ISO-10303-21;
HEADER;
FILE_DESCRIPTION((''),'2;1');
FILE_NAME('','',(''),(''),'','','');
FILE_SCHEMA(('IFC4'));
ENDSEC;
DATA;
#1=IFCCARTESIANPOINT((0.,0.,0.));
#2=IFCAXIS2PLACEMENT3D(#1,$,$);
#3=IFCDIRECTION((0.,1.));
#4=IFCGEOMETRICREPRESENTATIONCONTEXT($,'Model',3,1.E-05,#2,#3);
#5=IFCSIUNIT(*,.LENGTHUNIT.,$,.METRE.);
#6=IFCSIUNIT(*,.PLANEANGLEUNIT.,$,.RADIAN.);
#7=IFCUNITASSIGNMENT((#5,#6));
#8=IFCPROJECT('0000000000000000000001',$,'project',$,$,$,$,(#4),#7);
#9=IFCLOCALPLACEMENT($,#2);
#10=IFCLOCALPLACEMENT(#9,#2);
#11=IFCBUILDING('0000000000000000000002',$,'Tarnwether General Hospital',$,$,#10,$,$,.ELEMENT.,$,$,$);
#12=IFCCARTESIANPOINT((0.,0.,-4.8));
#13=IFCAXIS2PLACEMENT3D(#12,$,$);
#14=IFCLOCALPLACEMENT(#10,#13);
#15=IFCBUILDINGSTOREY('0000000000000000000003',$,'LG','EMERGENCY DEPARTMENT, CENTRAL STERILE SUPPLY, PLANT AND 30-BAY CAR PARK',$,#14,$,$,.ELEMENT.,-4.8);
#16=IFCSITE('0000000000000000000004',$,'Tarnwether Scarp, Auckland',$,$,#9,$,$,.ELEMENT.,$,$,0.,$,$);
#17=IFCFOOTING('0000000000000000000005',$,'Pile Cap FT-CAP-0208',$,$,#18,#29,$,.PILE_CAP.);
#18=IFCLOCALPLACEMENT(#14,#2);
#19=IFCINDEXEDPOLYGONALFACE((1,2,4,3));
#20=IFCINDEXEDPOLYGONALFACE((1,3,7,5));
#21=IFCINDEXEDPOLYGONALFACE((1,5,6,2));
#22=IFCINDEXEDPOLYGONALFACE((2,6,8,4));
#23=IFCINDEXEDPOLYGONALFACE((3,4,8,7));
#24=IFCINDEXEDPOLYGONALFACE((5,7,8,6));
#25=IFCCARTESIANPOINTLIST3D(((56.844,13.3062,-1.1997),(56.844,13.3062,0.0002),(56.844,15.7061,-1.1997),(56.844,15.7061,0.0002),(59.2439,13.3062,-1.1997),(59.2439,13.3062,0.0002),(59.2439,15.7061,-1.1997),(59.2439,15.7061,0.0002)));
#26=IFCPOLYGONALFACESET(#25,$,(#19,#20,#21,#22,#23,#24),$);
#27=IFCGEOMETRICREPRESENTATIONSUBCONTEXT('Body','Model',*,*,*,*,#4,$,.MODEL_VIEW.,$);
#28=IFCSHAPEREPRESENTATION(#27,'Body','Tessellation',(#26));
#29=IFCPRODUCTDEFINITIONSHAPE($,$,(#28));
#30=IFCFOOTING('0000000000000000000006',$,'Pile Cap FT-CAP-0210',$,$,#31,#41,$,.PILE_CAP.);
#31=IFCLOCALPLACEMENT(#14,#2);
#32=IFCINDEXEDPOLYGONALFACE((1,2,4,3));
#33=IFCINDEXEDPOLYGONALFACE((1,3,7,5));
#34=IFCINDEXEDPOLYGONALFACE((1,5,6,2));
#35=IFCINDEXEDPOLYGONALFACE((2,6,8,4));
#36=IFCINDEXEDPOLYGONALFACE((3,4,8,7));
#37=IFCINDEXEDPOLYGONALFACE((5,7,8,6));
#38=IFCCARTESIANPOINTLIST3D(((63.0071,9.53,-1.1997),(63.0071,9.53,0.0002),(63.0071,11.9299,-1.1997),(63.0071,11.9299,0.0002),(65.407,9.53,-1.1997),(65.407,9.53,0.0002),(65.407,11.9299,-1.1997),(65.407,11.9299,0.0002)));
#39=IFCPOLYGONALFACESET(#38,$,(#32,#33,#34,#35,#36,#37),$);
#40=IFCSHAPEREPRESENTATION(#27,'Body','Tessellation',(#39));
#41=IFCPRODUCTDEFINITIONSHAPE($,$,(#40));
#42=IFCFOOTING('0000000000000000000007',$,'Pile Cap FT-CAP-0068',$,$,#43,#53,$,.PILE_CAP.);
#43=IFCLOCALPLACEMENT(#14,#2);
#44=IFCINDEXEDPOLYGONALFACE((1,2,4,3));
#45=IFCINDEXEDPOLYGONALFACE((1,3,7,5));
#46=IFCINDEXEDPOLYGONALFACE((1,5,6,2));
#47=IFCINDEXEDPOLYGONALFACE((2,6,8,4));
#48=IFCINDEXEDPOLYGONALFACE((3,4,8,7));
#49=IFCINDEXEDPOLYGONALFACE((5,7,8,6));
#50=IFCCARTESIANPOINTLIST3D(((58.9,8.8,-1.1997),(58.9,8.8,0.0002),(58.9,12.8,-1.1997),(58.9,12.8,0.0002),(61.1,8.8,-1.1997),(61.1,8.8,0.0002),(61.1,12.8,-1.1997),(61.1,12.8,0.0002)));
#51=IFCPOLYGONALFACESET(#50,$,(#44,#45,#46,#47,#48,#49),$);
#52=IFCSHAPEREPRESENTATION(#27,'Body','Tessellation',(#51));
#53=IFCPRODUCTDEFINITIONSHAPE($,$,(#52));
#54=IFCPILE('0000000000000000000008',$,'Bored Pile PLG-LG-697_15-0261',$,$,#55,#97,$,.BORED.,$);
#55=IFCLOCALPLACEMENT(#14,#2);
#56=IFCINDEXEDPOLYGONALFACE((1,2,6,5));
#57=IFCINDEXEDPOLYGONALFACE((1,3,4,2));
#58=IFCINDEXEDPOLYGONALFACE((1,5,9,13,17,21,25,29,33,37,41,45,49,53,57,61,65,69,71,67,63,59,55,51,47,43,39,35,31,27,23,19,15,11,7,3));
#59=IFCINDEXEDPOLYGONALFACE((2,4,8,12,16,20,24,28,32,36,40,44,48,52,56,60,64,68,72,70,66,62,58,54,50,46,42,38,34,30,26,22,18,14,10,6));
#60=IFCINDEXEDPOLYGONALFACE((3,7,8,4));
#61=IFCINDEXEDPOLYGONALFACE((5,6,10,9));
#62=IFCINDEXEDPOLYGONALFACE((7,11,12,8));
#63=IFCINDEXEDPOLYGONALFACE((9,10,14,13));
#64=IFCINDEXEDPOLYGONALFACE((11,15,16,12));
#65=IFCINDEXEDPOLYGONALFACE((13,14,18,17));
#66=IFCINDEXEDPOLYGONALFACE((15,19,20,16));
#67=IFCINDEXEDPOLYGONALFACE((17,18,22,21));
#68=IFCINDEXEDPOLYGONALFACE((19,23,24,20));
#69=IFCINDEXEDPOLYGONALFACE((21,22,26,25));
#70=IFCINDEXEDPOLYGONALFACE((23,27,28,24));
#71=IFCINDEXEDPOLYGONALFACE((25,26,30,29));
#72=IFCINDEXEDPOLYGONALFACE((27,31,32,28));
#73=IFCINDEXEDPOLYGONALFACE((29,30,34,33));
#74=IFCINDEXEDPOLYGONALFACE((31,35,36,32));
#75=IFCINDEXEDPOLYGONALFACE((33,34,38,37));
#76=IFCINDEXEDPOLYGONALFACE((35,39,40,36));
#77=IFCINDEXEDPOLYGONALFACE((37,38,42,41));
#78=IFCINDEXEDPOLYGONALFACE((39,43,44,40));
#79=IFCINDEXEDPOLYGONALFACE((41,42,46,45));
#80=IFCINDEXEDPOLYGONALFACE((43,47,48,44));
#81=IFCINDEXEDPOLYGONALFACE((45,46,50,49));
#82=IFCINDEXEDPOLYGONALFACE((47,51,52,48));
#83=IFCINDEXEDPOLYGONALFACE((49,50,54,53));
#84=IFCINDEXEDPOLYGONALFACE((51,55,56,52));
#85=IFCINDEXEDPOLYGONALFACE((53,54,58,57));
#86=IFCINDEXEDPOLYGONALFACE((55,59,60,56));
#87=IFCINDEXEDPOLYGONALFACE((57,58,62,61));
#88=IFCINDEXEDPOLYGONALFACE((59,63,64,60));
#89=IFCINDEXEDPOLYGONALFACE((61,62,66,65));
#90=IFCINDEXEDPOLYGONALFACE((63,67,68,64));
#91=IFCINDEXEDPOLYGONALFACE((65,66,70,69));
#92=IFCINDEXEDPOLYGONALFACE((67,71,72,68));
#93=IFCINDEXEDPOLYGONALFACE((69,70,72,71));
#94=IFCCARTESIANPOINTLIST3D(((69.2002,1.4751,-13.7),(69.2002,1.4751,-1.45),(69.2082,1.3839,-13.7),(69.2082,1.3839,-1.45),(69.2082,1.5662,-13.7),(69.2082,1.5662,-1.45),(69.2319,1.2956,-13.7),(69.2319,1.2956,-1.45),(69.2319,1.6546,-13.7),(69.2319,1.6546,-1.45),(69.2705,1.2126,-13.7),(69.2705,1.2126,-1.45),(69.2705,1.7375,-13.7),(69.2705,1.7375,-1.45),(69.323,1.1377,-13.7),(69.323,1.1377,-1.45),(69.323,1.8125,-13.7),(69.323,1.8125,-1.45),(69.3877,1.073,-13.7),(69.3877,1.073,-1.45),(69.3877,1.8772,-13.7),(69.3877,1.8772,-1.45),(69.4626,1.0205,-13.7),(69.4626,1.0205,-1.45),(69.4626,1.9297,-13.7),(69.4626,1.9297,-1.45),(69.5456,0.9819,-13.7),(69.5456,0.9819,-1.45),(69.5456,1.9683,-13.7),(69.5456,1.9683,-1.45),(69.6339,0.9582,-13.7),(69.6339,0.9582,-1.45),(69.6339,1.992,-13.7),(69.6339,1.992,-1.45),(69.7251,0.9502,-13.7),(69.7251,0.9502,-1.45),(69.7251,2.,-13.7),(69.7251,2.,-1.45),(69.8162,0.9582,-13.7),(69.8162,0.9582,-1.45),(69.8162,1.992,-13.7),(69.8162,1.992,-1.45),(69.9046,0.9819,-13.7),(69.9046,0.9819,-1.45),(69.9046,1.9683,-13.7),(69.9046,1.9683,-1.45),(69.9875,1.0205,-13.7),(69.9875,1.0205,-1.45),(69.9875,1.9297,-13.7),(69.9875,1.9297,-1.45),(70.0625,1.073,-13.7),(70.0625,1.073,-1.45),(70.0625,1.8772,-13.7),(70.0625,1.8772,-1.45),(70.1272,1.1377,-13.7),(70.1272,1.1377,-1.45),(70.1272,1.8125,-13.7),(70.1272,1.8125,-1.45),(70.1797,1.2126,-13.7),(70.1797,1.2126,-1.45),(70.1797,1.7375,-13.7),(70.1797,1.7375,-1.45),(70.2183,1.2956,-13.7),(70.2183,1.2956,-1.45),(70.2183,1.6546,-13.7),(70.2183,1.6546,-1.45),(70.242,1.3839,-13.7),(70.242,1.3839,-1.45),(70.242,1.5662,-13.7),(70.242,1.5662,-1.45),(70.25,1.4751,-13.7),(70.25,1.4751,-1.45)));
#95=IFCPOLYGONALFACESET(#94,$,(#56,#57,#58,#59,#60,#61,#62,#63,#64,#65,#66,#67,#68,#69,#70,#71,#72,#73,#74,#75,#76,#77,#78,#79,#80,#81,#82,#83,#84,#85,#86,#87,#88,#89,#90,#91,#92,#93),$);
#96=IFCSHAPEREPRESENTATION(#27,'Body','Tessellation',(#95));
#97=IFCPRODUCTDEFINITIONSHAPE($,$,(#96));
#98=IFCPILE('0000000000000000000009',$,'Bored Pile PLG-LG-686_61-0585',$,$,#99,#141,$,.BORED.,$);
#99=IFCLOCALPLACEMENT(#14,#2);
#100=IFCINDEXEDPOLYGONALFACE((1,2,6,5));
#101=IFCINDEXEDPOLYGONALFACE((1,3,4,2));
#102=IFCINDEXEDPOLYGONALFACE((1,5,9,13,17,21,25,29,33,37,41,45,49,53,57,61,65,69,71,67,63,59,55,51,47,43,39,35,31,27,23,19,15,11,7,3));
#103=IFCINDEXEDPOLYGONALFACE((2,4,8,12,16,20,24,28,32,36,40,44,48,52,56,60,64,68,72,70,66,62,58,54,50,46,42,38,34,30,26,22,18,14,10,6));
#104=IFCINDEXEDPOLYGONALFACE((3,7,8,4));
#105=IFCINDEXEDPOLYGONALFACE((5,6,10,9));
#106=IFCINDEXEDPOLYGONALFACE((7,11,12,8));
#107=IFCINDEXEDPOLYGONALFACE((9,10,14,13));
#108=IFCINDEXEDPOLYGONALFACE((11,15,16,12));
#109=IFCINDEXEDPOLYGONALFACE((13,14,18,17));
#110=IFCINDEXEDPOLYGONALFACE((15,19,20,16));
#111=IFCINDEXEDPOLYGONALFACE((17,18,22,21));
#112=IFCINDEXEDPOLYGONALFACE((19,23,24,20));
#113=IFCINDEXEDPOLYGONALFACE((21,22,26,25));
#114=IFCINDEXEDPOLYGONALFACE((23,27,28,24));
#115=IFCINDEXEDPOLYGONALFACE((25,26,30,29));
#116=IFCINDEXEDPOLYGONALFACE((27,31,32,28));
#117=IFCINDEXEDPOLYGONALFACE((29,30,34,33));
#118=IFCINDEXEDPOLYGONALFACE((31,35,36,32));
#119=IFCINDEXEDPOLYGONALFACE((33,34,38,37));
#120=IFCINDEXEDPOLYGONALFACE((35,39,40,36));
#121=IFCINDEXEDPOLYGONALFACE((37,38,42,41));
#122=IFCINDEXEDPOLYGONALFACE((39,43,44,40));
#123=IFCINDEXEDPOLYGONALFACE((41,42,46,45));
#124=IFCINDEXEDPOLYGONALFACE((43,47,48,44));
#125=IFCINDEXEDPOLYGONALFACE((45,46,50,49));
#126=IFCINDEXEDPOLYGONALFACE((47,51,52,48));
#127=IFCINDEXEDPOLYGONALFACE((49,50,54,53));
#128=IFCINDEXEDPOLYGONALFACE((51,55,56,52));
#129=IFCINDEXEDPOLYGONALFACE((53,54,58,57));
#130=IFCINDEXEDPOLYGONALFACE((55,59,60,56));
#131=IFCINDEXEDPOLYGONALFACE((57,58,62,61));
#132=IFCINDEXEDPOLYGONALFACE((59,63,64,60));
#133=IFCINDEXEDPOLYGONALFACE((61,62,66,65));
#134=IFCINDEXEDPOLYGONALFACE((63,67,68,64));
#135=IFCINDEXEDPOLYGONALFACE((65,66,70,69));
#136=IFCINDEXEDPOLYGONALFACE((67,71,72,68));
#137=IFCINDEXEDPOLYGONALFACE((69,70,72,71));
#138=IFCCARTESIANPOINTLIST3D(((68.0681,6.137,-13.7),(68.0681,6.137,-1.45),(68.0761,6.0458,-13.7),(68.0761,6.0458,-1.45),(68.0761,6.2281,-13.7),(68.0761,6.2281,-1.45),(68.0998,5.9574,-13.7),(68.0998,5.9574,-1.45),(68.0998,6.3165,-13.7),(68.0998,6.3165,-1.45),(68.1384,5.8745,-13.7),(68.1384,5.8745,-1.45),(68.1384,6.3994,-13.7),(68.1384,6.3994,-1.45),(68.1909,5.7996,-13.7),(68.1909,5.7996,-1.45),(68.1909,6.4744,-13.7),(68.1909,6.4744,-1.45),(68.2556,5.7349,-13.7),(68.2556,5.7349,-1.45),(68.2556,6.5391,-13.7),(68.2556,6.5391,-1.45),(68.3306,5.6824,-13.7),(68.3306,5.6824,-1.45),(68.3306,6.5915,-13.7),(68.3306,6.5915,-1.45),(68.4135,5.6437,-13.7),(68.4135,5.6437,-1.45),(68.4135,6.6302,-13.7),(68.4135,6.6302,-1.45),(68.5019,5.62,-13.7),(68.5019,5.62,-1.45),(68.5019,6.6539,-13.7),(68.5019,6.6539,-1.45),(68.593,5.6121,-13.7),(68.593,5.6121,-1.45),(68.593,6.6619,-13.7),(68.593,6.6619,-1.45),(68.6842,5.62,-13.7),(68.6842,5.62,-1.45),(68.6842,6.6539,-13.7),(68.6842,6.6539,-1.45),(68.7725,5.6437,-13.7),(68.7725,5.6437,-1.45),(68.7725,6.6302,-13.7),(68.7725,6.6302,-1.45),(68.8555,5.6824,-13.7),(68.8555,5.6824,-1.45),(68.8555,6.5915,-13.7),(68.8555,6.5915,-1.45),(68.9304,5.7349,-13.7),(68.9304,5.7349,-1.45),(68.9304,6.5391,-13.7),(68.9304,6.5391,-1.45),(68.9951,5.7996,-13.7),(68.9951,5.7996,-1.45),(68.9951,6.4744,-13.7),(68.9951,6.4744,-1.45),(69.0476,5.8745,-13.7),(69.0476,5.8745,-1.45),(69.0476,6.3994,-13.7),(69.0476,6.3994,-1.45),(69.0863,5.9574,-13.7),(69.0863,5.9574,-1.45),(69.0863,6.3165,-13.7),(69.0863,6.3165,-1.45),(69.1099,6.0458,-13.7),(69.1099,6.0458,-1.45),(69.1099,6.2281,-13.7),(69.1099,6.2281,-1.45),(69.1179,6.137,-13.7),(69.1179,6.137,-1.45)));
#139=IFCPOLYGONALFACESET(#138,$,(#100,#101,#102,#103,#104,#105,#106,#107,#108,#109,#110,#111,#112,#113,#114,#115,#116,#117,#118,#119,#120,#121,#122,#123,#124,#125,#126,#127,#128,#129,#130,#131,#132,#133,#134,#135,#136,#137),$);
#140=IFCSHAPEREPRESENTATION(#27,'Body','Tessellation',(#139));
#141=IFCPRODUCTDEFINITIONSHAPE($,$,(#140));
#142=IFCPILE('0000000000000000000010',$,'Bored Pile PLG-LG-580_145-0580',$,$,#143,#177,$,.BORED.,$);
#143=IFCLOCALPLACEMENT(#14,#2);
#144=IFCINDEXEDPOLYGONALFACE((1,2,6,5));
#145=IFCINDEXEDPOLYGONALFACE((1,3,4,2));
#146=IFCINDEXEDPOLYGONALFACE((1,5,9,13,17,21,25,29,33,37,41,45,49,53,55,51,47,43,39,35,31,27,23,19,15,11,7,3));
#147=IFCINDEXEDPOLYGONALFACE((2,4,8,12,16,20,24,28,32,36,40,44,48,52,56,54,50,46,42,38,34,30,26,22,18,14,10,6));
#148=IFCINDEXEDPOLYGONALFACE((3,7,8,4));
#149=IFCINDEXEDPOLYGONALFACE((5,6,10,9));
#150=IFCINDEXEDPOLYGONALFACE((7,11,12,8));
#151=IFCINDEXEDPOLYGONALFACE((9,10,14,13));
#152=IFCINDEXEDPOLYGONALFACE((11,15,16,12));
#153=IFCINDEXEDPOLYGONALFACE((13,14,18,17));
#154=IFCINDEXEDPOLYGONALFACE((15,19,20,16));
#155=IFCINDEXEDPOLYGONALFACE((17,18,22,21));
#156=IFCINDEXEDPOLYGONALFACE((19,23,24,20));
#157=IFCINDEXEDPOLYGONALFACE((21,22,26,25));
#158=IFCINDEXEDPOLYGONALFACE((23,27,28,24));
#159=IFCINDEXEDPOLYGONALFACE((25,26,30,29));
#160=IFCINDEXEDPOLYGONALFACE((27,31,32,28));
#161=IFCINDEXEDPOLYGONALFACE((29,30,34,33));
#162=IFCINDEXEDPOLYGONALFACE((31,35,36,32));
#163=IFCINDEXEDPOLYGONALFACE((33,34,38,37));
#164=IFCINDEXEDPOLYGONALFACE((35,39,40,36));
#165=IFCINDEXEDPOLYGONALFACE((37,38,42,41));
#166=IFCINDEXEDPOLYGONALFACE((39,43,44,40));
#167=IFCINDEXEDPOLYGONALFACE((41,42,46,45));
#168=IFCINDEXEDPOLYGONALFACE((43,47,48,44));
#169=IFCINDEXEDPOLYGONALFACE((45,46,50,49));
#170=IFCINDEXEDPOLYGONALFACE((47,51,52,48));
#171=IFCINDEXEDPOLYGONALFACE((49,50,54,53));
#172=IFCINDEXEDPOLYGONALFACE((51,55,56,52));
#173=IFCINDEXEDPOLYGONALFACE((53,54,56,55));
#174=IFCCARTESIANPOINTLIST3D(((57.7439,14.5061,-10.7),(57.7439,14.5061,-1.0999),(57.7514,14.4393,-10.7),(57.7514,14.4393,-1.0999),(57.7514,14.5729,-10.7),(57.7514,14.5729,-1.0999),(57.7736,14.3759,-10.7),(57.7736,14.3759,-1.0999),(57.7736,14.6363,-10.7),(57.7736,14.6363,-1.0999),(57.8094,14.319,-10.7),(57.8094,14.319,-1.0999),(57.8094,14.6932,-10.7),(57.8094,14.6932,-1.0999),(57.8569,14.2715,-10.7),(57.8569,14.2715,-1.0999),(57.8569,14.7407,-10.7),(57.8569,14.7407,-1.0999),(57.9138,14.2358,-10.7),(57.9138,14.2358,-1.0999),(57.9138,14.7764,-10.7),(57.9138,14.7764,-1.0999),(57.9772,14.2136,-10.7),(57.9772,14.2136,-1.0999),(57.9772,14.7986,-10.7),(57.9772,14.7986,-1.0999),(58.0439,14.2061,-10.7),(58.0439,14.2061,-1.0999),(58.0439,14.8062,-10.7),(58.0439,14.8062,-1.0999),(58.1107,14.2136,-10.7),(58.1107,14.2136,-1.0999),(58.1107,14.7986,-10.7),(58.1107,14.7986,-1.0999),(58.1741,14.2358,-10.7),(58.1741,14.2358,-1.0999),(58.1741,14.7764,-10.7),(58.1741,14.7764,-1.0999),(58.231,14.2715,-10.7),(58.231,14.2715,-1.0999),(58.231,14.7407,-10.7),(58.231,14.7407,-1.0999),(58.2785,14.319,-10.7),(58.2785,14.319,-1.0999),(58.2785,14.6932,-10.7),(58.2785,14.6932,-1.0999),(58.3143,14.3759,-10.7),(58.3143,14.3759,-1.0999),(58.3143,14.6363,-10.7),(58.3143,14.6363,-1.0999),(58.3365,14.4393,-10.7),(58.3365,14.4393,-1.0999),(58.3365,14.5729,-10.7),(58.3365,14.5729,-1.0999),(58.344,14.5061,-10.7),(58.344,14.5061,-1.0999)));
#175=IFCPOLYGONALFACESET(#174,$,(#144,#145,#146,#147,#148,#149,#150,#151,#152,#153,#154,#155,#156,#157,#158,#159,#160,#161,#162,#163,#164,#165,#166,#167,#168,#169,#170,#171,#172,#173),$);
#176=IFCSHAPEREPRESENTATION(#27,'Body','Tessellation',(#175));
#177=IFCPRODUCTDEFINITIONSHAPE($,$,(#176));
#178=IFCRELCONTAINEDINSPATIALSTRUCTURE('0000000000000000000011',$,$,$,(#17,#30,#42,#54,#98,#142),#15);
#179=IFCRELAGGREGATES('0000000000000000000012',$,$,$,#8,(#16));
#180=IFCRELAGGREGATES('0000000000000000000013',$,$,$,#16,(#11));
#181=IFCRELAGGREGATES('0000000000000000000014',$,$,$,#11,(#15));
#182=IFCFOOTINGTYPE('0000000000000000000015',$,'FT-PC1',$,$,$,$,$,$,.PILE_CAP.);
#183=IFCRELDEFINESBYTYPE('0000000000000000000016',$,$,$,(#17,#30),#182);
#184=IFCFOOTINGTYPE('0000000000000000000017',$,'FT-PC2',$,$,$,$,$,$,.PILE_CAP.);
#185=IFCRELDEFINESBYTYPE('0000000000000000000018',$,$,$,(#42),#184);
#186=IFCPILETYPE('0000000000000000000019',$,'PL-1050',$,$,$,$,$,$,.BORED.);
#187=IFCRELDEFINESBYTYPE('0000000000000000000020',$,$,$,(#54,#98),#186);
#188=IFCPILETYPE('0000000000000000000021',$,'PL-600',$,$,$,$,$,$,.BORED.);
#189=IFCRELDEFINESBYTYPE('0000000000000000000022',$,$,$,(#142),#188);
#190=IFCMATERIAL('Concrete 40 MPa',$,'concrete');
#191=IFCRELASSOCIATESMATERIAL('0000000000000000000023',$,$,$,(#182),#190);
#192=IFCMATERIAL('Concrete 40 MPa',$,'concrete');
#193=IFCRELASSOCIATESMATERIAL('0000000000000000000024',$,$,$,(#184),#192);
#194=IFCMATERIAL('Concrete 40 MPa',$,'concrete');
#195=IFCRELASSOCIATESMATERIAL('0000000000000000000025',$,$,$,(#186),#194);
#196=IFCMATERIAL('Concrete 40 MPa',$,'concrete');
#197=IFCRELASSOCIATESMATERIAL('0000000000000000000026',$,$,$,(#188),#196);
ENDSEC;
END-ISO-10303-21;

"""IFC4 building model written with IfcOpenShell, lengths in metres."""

from ifc_helpers import new_model, si_unit, direction, frame, origin, origin_2d, place, context, subcontext, project, spatial, rectangle, circle, extrude, material, material_profile, profile_set, type_object, element, save


model = new_model("IFC4")

# Units and contexts
model_context = context("Model", 3, precision=1e-05, world=origin(), true_north=direction((0.0, 1.0)))
body_context = subcontext(model_context, "Body", "Model", "MODEL_VIEW")
ifc_project = project(units=[si_unit("LENGTHUNIT", "METRE"), si_unit("PLANEANGLEUNIT", "RADIAN")], contexts=[model_context])

# Site, building, storey
site_placement = place(None, origin())
site = spatial("IfcSite", under=ifc_project, at=site_placement, Name="Tarnwether Scarp, Auckland", CompositionType="ELEMENT", RefElevation=0.0)
building_placement = place(site_placement, origin())
building = spatial("IfcBuilding", under=site, at=building_placement, Name="Tarnwether General Hospital", CompositionType="ELEMENT")
storey_placement = place(building_placement, frame((0.0, 0.0, -4.8)))
storey = spatial("IfcBuildingStorey", under=building, at=storey_placement, Name="LG", Description="EMERGENCY DEPARTMENT, CENTRAL STERILE SUPPLY, PLANT AND 30-BAY CAR PARK", CompositionType="ELEMENT", Elevation=-4.8)

# Footings
ifc_material_1 = material(Name="Concrete 40 MPa", Category="concrete")
footing_type_1 = type_object("IfcFootingType", Name="FT-PC1", PredefinedType="PILE_CAP", material=ifc_material_1)
for number, where, z_axis, x_axis, name in (
    (1, (58.0439, 14.5061, -1.1997), (0.0, 0.0, 1.0), (1.0, 0.0, 0.0), "Pile Cap FT-CAP-0208"),
    (2, (64.207, 10.73, -1.1997), (0.0, 0.0, 1.0), (1.0, 0.0, 0.0), "Pile Cap FT-CAP-0210"),
):
    element("IfcFooting", number, at=place(storey_placement, frame(where, z_axis=z_axis, x_axis=x_axis)), inside=storey, type_object=footing_type_1, Name=name, PredefinedType="PILE_CAP", context=body_context, shape_type="SweptSolid", body=[
        extrude(rectangle(XDim=2.3999, YDim=2.3999, at=origin_2d()), origin(), (0.0, 0.0, 1.0), 1.2),
    ])
ifc_material_2 = material(Name="Concrete 40 MPa", Category="concrete")
footing_type_2 = type_object("IfcFootingType", Name="FT-PC2", PredefinedType="PILE_CAP", material=ifc_material_2)
footing_placement = place(storey_placement, frame((60.0, 10.8, -1.1997), z_axis=(0.0, 0.0, 1.0), x_axis=(0.0, 1.0, 0.0)))
element("IfcFooting", 3, at=footing_placement, inside=storey, type_object=footing_type_2, Name="Pile Cap FT-CAP-0068", PredefinedType="PILE_CAP", context=body_context, shape_type="SweptSolid", body=[
    extrude(rectangle(XDim=4.0, YDim=2.2, at=origin_2d()), origin(), (0.0, 0.0, 1.0), 1.2),
])

# Piles
ifc_material_3 = material(Name="Concrete 40 MPa", Category="concrete")
ifc_material_profile_1 = material_profile(ifc_material_3, circle(Radius=0.5249, at=origin_2d()), Name="PILE-D1050")
ifc_profile_set_1 = profile_set([ifc_material_profile_1], Name="Concrete 40 MPa")
pile_type_1 = type_object("IfcPileType", Name="PL-1050", PredefinedType="BORED", material=ifc_profile_set_1)
for number, where, z_axis, x_axis, name in (
    (4, (69.7251, 1.4751, -1.45), (0.0, 0.0, -1.0), (1.0, 0.0, 0.0), "Bored Pile PLG-LG-697_15-0261"),
    (5, (68.593, 6.137, -1.45), (0.0, 0.0, -1.0), (1.0, 0.0, 0.0), "Bored Pile PLG-LG-686_61-0585"),
):
    element("IfcPile", number, at=place(storey_placement, frame(where, z_axis=z_axis, x_axis=x_axis)), inside=storey, type_object=pile_type_1, Name=name, PredefinedType="BORED", context=body_context, shape_type="SweptSolid", body=[
        extrude(circle(Radius=0.5249, at=origin_2d()), origin(), (0.0, 0.0, 1.0), 12.25),
    ])
ifc_material_4 = material(Name="Concrete 40 MPa", Category="concrete")
ifc_material_profile_2 = material_profile(ifc_material_4, circle(Radius=0.3, at=origin_2d()), Name="PILE-D600")
ifc_profile_set_2 = profile_set([ifc_material_profile_2], Name="Concrete 40 MPa")
pile_type_2 = type_object("IfcPileType", Name="PL-600", PredefinedType="BORED", material=ifc_profile_set_2)
for number, where, z_axis, x_axis, name in (
    (6, (58.0439, 14.5061, -1.0999), (0.0, 0.0, -1.0), (1.0, 0.0, 0.0), "Bored Pile PLG-LG-580_145-0580"),
):
    element("IfcPile", number, at=place(storey_placement, frame(where, z_axis=z_axis, x_axis=x_axis)), inside=storey, type_object=pile_type_2, Name=name, PredefinedType="BORED", context=body_context, shape_type="SweptSolid", body=[
        extrude(circle(Radius=0.3, at=origin_2d()), origin(), (0.0, 0.0, 1.0), 9.6001),
    ])

save(model, "model.ifc")
